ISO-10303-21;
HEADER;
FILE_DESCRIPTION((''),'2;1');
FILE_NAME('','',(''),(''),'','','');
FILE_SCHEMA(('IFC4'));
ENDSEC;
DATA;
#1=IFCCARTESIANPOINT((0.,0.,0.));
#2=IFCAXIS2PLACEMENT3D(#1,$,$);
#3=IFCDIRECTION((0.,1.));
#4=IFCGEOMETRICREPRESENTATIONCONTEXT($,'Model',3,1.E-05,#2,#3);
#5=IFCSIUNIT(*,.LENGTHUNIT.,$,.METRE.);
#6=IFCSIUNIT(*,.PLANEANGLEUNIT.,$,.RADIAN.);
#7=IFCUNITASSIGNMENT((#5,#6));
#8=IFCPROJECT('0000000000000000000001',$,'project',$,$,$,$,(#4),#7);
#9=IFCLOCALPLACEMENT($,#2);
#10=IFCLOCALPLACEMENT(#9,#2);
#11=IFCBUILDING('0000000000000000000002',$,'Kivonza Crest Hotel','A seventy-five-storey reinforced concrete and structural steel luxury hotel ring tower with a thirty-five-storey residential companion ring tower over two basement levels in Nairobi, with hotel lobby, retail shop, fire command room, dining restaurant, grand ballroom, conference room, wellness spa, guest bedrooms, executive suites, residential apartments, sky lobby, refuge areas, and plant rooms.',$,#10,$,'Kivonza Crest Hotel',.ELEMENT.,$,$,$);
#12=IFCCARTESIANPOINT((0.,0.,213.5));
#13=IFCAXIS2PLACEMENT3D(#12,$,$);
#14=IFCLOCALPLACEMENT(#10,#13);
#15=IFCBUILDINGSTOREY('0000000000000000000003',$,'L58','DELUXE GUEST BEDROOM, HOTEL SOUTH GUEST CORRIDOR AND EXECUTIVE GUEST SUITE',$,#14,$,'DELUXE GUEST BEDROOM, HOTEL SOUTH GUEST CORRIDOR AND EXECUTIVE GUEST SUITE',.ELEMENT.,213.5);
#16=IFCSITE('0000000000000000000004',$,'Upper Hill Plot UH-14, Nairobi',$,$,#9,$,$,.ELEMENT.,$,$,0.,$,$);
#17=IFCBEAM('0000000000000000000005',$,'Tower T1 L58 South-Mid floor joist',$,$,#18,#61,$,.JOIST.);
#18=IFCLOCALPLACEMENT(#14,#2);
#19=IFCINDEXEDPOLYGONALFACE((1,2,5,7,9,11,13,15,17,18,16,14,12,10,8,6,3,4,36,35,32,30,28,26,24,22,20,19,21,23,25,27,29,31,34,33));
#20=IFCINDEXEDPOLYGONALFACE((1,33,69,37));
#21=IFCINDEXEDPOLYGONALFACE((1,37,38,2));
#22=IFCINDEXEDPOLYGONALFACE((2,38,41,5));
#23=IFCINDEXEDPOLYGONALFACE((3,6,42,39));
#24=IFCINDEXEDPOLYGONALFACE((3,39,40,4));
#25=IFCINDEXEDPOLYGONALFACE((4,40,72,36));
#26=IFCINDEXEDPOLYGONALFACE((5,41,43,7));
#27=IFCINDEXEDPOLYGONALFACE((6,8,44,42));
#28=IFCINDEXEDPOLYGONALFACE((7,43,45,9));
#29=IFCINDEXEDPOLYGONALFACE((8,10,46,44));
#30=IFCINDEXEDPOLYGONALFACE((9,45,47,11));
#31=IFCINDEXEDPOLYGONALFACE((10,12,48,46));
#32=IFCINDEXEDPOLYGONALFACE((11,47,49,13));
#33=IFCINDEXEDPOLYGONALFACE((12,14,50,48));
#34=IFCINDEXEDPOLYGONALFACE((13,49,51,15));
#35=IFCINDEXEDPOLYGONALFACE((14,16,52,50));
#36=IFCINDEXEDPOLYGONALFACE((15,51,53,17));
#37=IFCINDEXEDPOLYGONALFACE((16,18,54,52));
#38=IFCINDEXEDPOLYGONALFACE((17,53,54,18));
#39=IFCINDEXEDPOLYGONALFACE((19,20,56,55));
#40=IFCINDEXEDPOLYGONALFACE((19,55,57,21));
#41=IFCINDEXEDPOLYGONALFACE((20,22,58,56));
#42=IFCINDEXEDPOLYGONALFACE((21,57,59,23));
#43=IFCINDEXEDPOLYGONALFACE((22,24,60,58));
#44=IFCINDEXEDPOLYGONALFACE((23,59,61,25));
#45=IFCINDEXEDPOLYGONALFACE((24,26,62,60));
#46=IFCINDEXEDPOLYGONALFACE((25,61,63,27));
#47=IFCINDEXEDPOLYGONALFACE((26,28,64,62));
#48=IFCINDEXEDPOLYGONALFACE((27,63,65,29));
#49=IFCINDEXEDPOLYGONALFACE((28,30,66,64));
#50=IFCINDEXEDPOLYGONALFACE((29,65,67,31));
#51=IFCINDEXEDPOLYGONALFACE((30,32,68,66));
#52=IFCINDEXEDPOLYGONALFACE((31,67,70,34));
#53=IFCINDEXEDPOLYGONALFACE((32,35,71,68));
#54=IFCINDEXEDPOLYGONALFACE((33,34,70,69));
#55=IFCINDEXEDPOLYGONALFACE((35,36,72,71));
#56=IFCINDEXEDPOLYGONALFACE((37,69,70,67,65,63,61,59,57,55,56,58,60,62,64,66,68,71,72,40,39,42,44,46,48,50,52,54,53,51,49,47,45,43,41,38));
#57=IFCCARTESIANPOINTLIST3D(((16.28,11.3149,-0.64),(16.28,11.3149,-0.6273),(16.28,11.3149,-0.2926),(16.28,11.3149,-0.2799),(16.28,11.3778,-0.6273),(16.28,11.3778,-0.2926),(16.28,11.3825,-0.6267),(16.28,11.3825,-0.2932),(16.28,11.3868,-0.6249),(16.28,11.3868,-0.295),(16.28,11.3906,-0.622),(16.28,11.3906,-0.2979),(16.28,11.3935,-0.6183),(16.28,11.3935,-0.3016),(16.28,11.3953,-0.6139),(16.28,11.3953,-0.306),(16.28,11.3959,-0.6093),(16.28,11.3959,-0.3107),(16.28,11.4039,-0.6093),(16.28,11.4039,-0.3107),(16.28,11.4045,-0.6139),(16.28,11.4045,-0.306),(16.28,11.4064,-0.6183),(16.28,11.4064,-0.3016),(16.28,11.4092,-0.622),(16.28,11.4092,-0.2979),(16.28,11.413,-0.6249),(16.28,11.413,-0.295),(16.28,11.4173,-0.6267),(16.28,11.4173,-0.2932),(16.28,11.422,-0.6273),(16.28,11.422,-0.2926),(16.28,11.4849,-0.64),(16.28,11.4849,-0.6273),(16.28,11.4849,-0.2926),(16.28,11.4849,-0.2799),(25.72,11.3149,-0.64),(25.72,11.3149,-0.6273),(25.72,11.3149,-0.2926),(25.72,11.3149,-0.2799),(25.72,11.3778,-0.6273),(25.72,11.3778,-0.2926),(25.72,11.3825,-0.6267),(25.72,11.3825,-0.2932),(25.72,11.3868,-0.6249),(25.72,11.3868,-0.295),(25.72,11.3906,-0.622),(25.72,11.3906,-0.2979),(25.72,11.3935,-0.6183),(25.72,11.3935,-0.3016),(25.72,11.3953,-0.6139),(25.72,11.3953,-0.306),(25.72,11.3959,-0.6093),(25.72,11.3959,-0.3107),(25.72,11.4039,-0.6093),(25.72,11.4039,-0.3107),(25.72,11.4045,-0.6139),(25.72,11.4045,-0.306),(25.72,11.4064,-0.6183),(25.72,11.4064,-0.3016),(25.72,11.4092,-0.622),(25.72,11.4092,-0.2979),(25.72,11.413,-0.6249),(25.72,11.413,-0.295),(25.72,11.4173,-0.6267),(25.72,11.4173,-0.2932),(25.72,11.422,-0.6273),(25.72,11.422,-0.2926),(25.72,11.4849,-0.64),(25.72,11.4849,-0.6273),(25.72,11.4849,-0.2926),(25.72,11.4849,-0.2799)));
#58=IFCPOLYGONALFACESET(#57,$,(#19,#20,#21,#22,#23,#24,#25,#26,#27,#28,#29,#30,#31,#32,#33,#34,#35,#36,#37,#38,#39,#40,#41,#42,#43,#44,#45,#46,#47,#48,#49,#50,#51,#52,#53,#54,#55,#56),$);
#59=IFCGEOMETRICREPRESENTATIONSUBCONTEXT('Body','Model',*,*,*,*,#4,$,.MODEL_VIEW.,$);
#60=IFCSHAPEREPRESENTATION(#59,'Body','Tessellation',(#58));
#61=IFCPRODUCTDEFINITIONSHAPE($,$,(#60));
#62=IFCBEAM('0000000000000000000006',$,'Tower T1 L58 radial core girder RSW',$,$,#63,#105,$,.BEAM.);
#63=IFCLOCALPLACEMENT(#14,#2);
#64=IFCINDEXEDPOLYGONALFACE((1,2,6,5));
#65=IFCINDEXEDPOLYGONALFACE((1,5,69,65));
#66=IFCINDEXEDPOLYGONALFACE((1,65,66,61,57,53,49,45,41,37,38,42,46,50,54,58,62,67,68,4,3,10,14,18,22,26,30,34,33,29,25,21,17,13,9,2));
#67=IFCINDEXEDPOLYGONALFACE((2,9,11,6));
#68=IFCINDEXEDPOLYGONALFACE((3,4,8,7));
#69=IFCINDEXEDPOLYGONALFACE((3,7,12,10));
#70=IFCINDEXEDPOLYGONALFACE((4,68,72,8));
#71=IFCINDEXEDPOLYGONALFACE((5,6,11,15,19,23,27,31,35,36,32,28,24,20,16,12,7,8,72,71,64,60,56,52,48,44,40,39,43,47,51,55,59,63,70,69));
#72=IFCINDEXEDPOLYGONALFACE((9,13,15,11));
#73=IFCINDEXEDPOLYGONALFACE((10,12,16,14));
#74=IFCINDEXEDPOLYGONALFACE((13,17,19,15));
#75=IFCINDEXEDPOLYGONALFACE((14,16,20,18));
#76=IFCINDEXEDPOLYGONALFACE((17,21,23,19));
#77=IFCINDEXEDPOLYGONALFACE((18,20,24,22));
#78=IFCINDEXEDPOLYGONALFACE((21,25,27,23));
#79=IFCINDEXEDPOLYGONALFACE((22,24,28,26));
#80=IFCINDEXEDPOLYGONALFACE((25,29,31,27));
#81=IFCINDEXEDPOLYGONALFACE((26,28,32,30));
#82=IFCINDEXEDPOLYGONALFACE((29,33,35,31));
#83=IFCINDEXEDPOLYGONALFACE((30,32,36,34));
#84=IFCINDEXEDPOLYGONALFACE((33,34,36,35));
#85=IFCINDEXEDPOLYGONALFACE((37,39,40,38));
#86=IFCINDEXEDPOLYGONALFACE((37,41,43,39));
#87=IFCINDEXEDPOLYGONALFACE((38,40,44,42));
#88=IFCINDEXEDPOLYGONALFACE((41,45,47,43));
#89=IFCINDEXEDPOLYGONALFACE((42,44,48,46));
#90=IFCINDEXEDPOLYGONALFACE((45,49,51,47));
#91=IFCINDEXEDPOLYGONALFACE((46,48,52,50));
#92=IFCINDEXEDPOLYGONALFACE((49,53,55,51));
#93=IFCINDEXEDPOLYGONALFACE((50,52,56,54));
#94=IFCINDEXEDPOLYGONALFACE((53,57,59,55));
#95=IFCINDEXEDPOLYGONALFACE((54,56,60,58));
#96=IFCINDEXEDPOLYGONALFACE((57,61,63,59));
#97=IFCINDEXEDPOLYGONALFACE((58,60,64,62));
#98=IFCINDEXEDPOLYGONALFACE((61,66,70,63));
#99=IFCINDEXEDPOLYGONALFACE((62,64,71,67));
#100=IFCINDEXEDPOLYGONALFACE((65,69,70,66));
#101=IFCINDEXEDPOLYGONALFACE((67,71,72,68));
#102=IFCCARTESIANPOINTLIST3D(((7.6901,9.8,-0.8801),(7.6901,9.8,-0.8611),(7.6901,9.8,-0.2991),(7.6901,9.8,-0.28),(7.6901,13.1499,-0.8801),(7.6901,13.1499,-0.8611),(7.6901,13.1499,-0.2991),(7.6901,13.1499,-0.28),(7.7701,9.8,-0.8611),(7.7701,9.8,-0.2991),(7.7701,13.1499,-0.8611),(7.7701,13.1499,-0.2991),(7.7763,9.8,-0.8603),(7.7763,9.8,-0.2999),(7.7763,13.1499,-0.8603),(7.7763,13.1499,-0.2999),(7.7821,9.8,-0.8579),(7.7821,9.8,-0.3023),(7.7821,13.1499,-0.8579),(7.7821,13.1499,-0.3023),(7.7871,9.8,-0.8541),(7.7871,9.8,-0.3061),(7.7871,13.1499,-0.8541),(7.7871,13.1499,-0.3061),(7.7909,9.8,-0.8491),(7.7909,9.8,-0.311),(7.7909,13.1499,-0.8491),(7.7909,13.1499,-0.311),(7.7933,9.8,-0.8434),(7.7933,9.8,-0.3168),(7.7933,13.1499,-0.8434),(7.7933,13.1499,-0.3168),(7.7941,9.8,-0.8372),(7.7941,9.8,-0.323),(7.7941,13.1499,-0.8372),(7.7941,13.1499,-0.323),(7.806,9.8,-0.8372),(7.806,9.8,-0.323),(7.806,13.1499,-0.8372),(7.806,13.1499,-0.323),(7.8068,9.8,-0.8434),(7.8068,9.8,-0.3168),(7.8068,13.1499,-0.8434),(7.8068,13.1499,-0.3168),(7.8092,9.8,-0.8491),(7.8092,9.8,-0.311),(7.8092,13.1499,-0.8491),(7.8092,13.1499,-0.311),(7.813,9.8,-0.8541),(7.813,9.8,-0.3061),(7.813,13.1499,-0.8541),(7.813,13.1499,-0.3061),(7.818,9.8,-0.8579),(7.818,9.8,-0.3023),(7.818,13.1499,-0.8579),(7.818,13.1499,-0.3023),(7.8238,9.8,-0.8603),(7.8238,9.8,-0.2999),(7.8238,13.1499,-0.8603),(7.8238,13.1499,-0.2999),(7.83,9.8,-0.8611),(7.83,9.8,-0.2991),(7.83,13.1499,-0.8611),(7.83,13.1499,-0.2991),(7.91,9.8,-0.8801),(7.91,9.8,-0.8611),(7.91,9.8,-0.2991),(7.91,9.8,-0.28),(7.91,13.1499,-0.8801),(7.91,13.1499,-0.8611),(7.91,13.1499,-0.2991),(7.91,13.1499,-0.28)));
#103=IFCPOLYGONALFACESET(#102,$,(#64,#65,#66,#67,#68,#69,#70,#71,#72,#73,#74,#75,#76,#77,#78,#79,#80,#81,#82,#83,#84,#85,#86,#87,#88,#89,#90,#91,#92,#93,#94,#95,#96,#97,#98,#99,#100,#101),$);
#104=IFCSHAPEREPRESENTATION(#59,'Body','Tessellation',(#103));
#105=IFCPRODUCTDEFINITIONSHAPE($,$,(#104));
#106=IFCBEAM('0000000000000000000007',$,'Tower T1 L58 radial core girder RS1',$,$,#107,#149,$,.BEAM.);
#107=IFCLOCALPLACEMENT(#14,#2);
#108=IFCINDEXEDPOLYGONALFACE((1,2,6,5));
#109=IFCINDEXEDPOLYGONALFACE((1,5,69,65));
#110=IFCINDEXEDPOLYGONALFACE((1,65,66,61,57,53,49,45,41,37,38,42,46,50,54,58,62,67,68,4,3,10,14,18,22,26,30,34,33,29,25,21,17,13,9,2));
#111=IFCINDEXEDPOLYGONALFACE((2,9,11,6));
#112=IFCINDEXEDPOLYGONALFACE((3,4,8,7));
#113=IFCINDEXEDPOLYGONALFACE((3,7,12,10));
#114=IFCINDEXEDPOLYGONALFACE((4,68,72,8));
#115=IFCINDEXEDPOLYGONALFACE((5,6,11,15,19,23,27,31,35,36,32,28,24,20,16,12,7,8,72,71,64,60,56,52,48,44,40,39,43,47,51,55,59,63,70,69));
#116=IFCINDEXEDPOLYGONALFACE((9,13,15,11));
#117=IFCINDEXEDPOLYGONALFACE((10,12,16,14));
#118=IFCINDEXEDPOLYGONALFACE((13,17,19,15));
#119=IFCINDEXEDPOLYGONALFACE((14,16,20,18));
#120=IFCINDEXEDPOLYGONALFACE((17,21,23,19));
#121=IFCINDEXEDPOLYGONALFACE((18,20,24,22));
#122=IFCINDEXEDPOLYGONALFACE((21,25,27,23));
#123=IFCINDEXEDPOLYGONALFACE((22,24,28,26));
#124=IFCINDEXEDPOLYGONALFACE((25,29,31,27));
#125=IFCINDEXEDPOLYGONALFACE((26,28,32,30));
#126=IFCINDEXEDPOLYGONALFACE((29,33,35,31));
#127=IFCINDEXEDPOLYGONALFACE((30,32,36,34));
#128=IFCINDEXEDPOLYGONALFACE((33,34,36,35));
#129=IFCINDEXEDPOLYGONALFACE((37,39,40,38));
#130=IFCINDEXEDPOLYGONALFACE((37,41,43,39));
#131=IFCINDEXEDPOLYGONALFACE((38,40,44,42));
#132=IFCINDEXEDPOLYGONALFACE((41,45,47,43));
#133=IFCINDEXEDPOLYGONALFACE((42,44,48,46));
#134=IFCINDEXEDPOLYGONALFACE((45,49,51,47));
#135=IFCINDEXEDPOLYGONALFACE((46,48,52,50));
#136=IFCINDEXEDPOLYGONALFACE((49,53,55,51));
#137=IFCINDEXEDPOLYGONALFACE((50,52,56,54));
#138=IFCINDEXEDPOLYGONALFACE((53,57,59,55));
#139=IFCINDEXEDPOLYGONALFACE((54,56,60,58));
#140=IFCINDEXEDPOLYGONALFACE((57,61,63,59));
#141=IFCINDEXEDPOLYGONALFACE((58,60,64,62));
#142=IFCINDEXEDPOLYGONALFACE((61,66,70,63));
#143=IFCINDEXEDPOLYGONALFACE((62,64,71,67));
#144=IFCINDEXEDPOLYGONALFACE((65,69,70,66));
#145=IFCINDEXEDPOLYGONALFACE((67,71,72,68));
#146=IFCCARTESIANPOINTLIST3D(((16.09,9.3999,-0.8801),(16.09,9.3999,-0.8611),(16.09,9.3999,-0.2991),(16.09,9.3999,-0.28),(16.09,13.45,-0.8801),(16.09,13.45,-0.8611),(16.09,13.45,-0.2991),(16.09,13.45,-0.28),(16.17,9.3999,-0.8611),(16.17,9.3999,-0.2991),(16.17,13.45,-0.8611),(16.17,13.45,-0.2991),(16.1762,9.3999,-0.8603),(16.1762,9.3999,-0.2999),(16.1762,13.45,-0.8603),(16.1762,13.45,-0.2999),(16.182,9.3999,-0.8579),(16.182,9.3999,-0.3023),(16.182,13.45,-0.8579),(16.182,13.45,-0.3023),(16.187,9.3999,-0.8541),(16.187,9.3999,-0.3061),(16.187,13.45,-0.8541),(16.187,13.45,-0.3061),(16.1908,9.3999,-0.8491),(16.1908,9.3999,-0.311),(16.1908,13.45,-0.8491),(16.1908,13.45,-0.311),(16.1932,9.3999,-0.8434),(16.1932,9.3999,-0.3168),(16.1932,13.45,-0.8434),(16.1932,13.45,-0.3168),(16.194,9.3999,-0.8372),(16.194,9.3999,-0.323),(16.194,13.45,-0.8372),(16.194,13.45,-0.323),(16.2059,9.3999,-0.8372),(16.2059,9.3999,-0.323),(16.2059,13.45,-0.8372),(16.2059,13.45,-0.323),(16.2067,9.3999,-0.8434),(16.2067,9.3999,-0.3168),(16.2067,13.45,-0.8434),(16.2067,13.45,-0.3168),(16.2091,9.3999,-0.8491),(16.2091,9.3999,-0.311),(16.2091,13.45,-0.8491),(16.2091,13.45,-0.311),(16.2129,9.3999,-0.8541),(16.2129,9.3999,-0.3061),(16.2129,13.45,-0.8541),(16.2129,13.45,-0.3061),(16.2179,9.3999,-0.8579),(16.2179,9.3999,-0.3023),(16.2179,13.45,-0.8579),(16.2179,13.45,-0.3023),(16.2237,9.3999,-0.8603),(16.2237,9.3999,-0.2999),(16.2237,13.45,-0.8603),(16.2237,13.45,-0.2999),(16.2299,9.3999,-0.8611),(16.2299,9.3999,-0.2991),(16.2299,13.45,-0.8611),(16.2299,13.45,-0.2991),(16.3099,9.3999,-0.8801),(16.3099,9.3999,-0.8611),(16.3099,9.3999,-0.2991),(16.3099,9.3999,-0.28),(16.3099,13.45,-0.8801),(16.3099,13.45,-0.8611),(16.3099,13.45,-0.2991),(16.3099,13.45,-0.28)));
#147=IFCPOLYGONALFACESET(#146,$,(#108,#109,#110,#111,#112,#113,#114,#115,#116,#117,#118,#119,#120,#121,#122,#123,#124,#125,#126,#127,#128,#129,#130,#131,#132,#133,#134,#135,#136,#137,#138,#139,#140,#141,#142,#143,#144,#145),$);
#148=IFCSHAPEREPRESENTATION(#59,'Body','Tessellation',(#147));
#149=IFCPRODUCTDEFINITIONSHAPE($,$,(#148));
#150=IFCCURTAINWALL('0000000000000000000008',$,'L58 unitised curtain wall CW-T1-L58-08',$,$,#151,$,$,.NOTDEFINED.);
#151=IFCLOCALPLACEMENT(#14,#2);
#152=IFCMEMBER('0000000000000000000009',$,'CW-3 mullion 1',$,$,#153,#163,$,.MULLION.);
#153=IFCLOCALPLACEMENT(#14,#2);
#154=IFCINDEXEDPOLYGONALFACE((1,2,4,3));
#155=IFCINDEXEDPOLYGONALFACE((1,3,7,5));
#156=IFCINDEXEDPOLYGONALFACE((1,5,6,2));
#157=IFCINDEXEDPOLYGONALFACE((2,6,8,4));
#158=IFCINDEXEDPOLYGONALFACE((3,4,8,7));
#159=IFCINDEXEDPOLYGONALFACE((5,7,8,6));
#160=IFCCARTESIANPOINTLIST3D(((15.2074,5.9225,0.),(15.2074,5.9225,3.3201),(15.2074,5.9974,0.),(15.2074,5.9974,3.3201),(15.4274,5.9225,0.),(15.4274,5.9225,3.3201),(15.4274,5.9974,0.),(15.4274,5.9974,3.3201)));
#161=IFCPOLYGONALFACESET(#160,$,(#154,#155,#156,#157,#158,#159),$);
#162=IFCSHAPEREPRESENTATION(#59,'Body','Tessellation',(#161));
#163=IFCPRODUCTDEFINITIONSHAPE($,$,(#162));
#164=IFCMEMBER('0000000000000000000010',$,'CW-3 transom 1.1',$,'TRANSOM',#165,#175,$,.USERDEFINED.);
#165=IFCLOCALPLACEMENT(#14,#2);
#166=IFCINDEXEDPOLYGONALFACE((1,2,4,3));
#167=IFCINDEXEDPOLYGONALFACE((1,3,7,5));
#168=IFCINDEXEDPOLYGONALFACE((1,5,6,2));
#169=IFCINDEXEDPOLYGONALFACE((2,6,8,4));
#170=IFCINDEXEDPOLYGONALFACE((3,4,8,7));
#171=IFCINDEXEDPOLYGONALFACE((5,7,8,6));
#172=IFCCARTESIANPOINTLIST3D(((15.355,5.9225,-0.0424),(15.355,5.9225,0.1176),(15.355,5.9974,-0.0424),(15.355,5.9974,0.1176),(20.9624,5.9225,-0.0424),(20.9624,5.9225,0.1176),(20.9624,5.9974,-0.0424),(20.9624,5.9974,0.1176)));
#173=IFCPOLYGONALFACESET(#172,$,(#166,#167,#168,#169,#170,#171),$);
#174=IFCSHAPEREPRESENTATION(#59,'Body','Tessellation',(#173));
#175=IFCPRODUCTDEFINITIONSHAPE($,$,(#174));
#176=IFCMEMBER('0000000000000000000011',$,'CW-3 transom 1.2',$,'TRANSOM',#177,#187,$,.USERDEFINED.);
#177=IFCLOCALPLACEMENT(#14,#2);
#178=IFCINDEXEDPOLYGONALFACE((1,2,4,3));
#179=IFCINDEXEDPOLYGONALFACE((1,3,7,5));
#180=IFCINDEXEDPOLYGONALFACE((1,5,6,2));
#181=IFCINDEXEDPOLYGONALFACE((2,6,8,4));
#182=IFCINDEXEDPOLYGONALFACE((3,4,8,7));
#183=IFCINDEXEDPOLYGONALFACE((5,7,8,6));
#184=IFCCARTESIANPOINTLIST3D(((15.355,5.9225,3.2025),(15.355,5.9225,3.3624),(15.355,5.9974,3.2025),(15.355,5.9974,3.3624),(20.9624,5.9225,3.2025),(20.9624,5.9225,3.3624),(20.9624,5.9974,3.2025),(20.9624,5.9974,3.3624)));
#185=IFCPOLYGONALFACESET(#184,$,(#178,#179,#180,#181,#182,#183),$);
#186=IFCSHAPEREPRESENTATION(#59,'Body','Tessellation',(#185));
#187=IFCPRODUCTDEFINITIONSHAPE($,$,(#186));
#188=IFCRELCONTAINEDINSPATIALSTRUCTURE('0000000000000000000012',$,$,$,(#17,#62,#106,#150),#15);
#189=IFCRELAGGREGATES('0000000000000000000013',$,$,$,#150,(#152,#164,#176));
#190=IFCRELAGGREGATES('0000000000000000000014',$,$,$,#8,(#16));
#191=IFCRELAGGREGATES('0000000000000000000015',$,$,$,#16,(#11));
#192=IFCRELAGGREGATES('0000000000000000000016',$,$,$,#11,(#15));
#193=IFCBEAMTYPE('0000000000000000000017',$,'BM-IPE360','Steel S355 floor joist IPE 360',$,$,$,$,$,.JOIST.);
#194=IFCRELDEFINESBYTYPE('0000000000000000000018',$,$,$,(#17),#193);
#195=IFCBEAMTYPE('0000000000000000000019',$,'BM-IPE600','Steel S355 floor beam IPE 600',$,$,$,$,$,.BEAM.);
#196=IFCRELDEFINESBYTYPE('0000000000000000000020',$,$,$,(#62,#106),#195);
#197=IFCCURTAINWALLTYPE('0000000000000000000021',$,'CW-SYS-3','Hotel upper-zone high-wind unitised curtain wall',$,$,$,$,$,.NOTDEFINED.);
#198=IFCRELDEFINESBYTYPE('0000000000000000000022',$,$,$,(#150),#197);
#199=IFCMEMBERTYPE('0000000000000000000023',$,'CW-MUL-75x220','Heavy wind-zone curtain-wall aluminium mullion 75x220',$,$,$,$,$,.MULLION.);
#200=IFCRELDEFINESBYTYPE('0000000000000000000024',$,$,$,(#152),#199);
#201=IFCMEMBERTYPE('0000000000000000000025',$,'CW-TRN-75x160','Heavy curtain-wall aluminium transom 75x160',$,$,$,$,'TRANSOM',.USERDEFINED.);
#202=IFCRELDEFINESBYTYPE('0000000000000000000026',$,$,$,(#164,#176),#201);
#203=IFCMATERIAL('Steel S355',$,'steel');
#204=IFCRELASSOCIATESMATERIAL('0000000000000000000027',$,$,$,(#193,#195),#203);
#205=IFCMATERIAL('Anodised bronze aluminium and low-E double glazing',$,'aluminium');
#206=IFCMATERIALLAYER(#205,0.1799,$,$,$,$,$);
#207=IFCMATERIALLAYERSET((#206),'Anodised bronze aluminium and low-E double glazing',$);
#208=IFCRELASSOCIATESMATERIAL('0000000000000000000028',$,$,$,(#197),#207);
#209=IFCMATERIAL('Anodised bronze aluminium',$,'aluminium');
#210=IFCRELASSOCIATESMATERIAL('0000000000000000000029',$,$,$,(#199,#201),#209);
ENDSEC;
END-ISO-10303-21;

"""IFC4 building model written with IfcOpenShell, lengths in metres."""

from ifc_helpers import new_model, si_unit, direction, frame, origin, origin_2d, place, context, subcontext, project, spatial, rectangle, i_section, extrude, material, layer, layer_set, material_profile, profile_set, type_object, element, aggregate, save


model = new_model("IFC4")

# Units and contexts
model_context = context("Model", 3, precision=1e-05, world=origin(), true_north=direction((0.0, 1.0)))
body_context = subcontext(model_context, "Body", "Model", "MODEL_VIEW")
ifc_project = project(units=[si_unit("LENGTHUNIT", "METRE"), si_unit("PLANEANGLEUNIT", "RADIAN")], contexts=[model_context])

# Site, building, storey
site_placement = place(None, origin())
site = spatial("IfcSite", under=ifc_project, at=site_placement, Name="Upper Hill Plot UH-14, Nairobi", CompositionType="ELEMENT", RefElevation=0.0)
building_placement = place(site_placement, origin())
building = spatial("IfcBuilding", under=site, at=building_placement, Name="Kivonza Crest Hotel", Description="A seventy-five-storey reinforced concrete and structural steel luxury hotel ring tower with a thirty-five-storey residential companion ring tower over two basement levels in Nairobi, with hotel lobby, retail shop, fire command room, dining restaurant, grand ballroom, conference room, wellness spa, guest bedrooms, executive suites, residential apartments, sky lobby, refuge areas, and plant rooms.", LongName="Kivonza Crest Hotel", CompositionType="ELEMENT")
storey_placement = place(building_placement, frame((0.0, 0.0, 213.5)))
storey = spatial("IfcBuildingStorey", under=building, at=storey_placement, Name="L58", Description="DELUXE GUEST BEDROOM, HOTEL SOUTH GUEST CORRIDOR AND EXECUTIVE GUEST SUITE", LongName="DELUXE GUEST BEDROOM, HOTEL SOUTH GUEST CORRIDOR AND EXECUTIVE GUEST SUITE", CompositionType="ELEMENT", Elevation=213.5)

# Beams
ifc_material_1 = material(Name="Steel S355", Category="steel")
ifc_material_profile_1 = material_profile(ifc_material_1, i_section(OverallWidth=0.1699, OverallDepth=0.3601, WebThickness=0.0081, FlangeThickness=0.0127, FilletRadius=0.0181, at=origin_2d()), Name="IPE 360")
ifc_profile_set_1 = profile_set([ifc_material_profile_1], Name="Steel S355")
beam_type_1 = type_object("IfcBeamType", Name="BM-IPE360", Description="Steel S355 floor joist IPE 360", PredefinedType="JOIST", material=ifc_profile_set_1)
beam_1_placement = place(storey_placement, frame((16.28, 11.3999, -0.46), z_axis=(1.0, 0.0, 0.0), x_axis=(0.0, 1.0, 0.0)))
element("IfcBeam", 1, at=beam_1_placement, inside=storey, type_object=beam_type_1, Name="Tower T1 L58 South-Mid floor joist", PredefinedType="JOIST", context=body_context, shape_type="SweptSolid", body=[
    extrude(i_section(OverallWidth=0.1699, OverallDepth=0.3601, WebThickness=0.0081, FlangeThickness=0.0127, FilletRadius=0.0181, at=origin_2d()), origin(), (0.0, 0.0, 1.0), 9.4399),
])
ifc_material_profile_2 = material_profile(ifc_material_1, i_section(OverallWidth=0.22, OverallDepth=0.6001, WebThickness=0.012, FlangeThickness=0.019, FilletRadius=0.0239, at=origin_2d()), Name="IPE 600")
ifc_profile_set_2 = profile_set([ifc_material_profile_2], Name="Steel S355")
beam_type_2 = type_object("IfcBeamType", Name="BM-IPE600", Description="Steel S355 floor beam IPE 600", PredefinedType="BEAM", material=ifc_profile_set_2)
beam_2_placement = place(storey_placement, frame((7.8, 9.8, -0.5801), z_axis=(0.0, 1.0, 0.0), x_axis=(-1.0, 0.0, 0.0)))
element("IfcBeam", 2, at=beam_2_placement, inside=storey, type_object=beam_type_2, Name="Tower T1 L58 radial core girder RSW", PredefinedType="BEAM", context=body_context, shape_type="SweptSolid", body=[
    extrude(i_section(OverallWidth=0.22, OverallDepth=0.6001, WebThickness=0.012, FlangeThickness=0.019, FilletRadius=0.0239, at=origin_2d()), origin(), (0.0, 0.0, 1.0), 3.3499),
])
beam_3_placement = place(storey_placement, frame((16.2, 9.3999, -0.5801), z_axis=(0.0, 1.0, 0.0), x_axis=(-1.0, 0.0, 0.0)))
element("IfcBeam", 3, at=beam_3_placement, inside=storey, type_object=beam_type_2, Name="Tower T1 L58 radial core girder RS1", PredefinedType="BEAM", context=body_context, shape_type="SweptSolid", body=[
    extrude(i_section(OverallWidth=0.22, OverallDepth=0.6001, WebThickness=0.012, FlangeThickness=0.019, FilletRadius=0.0239, at=origin_2d()), origin(), (0.0, 0.0, 1.0), 4.05),
])

# Curtain wall, members
ifc_material_2 = material(Name="Anodised bronze aluminium and low-E double glazing", Category="aluminium")
ifc_layer_1 = layer(ifc_material_2, 0.1799)
ifc_layer_set_1 = layer_set([ifc_layer_1], Name="Anodised bronze aluminium and low-E double glazing")
curtain_wall_type = type_object("IfcCurtainWallType", Name="CW-SYS-3", Description="Hotel upper-zone high-wind unitised curtain wall", PredefinedType="NOTDEFINED", material=ifc_layer_set_1)
curtain_wall_placement = place(storey_placement, origin())
curtain_wall = element("IfcCurtainWall", 4, at=curtain_wall_placement, inside=storey, type_object=curtain_wall_type, Name="L58 unitised curtain wall CW-T1-L58-08", PredefinedType="NOTDEFINED")
ifc_material_3 = material(Name="Anodised bronze aluminium", Category="aluminium")
ifc_material_profile_3 = material_profile(ifc_material_3, rectangle(XDim=0.075, YDim=0.22, at=origin_2d()), Name="CW-M 75x220")
ifc_profile_set_3 = profile_set([ifc_material_profile_3], Name="Anodised bronze aluminium")
member_type_1 = type_object("IfcMemberType", Name="CW-MUL-75x220", Description="Heavy wind-zone curtain-wall aluminium mullion 75x220", PredefinedType="MULLION", material=ifc_profile_set_3)
member_1_placement = place(storey_placement, frame((15.3174, 5.96, 0.0), z_axis=(0.0, 0.0, 1.0), x_axis=(0.0, 1.0, 0.0)))
member_1 = element("IfcMember", 5, at=member_1_placement, type_object=member_type_1, Name="CW-3 mullion 1", PredefinedType="MULLION", context=body_context, shape_type="SweptSolid", body=[
    extrude(rectangle(XDim=0.075, YDim=0.22, at=origin_2d()), origin(), (0.0, 0.0, 1.0), 3.3201),
])
ifc_material_profile_4 = material_profile(ifc_material_3, rectangle(XDim=0.075, YDim=0.1599, at=origin_2d()), Name="CW-T 75x160")
ifc_profile_set_4 = profile_set([ifc_material_profile_4], Name="Anodised bronze aluminium")
member_type_2 = type_object("IfcMemberType", Name="CW-TRN-75x160", Description="Heavy curtain-wall aluminium transom 75x160", ElementType="TRANSOM", PredefinedType="USERDEFINED", material=ifc_profile_set_4)
member_2_placement = place(storey_placement, frame((15.355, 5.96, 0.0376), z_axis=(1.0, 0.0, 0.0), x_axis=(0.0, 1.0, 0.0)))
member_2 = element("IfcMember", 6, at=member_2_placement, type_object=member_type_2, Name="CW-3 transom 1.1", ObjectType="TRANSOM", PredefinedType="USERDEFINED", context=body_context, shape_type="SweptSolid", body=[
    extrude(rectangle(XDim=0.075, YDim=0.1599, at=origin_2d()), origin(), (0.0, 0.0, 1.0), 5.6074),
])
member_3_placement = place(storey_placement, frame((15.355, 5.96, 3.2825), z_axis=(1.0, 0.0, 0.0), x_axis=(0.0, 1.0, 0.0)))
member_3 = element("IfcMember", 7, at=member_3_placement, type_object=member_type_2, Name="CW-3 transom 1.2", ObjectType="TRANSOM", PredefinedType="USERDEFINED", context=body_context, shape_type="SweptSolid", body=[
    extrude(rectangle(XDim=0.075, YDim=0.1599, at=origin_2d()), origin(), (0.0, 0.0, 1.0), 5.6074),
])
aggregate(curtain_wall, [member_1, member_2, member_3])

save(model, "model.ifc")
